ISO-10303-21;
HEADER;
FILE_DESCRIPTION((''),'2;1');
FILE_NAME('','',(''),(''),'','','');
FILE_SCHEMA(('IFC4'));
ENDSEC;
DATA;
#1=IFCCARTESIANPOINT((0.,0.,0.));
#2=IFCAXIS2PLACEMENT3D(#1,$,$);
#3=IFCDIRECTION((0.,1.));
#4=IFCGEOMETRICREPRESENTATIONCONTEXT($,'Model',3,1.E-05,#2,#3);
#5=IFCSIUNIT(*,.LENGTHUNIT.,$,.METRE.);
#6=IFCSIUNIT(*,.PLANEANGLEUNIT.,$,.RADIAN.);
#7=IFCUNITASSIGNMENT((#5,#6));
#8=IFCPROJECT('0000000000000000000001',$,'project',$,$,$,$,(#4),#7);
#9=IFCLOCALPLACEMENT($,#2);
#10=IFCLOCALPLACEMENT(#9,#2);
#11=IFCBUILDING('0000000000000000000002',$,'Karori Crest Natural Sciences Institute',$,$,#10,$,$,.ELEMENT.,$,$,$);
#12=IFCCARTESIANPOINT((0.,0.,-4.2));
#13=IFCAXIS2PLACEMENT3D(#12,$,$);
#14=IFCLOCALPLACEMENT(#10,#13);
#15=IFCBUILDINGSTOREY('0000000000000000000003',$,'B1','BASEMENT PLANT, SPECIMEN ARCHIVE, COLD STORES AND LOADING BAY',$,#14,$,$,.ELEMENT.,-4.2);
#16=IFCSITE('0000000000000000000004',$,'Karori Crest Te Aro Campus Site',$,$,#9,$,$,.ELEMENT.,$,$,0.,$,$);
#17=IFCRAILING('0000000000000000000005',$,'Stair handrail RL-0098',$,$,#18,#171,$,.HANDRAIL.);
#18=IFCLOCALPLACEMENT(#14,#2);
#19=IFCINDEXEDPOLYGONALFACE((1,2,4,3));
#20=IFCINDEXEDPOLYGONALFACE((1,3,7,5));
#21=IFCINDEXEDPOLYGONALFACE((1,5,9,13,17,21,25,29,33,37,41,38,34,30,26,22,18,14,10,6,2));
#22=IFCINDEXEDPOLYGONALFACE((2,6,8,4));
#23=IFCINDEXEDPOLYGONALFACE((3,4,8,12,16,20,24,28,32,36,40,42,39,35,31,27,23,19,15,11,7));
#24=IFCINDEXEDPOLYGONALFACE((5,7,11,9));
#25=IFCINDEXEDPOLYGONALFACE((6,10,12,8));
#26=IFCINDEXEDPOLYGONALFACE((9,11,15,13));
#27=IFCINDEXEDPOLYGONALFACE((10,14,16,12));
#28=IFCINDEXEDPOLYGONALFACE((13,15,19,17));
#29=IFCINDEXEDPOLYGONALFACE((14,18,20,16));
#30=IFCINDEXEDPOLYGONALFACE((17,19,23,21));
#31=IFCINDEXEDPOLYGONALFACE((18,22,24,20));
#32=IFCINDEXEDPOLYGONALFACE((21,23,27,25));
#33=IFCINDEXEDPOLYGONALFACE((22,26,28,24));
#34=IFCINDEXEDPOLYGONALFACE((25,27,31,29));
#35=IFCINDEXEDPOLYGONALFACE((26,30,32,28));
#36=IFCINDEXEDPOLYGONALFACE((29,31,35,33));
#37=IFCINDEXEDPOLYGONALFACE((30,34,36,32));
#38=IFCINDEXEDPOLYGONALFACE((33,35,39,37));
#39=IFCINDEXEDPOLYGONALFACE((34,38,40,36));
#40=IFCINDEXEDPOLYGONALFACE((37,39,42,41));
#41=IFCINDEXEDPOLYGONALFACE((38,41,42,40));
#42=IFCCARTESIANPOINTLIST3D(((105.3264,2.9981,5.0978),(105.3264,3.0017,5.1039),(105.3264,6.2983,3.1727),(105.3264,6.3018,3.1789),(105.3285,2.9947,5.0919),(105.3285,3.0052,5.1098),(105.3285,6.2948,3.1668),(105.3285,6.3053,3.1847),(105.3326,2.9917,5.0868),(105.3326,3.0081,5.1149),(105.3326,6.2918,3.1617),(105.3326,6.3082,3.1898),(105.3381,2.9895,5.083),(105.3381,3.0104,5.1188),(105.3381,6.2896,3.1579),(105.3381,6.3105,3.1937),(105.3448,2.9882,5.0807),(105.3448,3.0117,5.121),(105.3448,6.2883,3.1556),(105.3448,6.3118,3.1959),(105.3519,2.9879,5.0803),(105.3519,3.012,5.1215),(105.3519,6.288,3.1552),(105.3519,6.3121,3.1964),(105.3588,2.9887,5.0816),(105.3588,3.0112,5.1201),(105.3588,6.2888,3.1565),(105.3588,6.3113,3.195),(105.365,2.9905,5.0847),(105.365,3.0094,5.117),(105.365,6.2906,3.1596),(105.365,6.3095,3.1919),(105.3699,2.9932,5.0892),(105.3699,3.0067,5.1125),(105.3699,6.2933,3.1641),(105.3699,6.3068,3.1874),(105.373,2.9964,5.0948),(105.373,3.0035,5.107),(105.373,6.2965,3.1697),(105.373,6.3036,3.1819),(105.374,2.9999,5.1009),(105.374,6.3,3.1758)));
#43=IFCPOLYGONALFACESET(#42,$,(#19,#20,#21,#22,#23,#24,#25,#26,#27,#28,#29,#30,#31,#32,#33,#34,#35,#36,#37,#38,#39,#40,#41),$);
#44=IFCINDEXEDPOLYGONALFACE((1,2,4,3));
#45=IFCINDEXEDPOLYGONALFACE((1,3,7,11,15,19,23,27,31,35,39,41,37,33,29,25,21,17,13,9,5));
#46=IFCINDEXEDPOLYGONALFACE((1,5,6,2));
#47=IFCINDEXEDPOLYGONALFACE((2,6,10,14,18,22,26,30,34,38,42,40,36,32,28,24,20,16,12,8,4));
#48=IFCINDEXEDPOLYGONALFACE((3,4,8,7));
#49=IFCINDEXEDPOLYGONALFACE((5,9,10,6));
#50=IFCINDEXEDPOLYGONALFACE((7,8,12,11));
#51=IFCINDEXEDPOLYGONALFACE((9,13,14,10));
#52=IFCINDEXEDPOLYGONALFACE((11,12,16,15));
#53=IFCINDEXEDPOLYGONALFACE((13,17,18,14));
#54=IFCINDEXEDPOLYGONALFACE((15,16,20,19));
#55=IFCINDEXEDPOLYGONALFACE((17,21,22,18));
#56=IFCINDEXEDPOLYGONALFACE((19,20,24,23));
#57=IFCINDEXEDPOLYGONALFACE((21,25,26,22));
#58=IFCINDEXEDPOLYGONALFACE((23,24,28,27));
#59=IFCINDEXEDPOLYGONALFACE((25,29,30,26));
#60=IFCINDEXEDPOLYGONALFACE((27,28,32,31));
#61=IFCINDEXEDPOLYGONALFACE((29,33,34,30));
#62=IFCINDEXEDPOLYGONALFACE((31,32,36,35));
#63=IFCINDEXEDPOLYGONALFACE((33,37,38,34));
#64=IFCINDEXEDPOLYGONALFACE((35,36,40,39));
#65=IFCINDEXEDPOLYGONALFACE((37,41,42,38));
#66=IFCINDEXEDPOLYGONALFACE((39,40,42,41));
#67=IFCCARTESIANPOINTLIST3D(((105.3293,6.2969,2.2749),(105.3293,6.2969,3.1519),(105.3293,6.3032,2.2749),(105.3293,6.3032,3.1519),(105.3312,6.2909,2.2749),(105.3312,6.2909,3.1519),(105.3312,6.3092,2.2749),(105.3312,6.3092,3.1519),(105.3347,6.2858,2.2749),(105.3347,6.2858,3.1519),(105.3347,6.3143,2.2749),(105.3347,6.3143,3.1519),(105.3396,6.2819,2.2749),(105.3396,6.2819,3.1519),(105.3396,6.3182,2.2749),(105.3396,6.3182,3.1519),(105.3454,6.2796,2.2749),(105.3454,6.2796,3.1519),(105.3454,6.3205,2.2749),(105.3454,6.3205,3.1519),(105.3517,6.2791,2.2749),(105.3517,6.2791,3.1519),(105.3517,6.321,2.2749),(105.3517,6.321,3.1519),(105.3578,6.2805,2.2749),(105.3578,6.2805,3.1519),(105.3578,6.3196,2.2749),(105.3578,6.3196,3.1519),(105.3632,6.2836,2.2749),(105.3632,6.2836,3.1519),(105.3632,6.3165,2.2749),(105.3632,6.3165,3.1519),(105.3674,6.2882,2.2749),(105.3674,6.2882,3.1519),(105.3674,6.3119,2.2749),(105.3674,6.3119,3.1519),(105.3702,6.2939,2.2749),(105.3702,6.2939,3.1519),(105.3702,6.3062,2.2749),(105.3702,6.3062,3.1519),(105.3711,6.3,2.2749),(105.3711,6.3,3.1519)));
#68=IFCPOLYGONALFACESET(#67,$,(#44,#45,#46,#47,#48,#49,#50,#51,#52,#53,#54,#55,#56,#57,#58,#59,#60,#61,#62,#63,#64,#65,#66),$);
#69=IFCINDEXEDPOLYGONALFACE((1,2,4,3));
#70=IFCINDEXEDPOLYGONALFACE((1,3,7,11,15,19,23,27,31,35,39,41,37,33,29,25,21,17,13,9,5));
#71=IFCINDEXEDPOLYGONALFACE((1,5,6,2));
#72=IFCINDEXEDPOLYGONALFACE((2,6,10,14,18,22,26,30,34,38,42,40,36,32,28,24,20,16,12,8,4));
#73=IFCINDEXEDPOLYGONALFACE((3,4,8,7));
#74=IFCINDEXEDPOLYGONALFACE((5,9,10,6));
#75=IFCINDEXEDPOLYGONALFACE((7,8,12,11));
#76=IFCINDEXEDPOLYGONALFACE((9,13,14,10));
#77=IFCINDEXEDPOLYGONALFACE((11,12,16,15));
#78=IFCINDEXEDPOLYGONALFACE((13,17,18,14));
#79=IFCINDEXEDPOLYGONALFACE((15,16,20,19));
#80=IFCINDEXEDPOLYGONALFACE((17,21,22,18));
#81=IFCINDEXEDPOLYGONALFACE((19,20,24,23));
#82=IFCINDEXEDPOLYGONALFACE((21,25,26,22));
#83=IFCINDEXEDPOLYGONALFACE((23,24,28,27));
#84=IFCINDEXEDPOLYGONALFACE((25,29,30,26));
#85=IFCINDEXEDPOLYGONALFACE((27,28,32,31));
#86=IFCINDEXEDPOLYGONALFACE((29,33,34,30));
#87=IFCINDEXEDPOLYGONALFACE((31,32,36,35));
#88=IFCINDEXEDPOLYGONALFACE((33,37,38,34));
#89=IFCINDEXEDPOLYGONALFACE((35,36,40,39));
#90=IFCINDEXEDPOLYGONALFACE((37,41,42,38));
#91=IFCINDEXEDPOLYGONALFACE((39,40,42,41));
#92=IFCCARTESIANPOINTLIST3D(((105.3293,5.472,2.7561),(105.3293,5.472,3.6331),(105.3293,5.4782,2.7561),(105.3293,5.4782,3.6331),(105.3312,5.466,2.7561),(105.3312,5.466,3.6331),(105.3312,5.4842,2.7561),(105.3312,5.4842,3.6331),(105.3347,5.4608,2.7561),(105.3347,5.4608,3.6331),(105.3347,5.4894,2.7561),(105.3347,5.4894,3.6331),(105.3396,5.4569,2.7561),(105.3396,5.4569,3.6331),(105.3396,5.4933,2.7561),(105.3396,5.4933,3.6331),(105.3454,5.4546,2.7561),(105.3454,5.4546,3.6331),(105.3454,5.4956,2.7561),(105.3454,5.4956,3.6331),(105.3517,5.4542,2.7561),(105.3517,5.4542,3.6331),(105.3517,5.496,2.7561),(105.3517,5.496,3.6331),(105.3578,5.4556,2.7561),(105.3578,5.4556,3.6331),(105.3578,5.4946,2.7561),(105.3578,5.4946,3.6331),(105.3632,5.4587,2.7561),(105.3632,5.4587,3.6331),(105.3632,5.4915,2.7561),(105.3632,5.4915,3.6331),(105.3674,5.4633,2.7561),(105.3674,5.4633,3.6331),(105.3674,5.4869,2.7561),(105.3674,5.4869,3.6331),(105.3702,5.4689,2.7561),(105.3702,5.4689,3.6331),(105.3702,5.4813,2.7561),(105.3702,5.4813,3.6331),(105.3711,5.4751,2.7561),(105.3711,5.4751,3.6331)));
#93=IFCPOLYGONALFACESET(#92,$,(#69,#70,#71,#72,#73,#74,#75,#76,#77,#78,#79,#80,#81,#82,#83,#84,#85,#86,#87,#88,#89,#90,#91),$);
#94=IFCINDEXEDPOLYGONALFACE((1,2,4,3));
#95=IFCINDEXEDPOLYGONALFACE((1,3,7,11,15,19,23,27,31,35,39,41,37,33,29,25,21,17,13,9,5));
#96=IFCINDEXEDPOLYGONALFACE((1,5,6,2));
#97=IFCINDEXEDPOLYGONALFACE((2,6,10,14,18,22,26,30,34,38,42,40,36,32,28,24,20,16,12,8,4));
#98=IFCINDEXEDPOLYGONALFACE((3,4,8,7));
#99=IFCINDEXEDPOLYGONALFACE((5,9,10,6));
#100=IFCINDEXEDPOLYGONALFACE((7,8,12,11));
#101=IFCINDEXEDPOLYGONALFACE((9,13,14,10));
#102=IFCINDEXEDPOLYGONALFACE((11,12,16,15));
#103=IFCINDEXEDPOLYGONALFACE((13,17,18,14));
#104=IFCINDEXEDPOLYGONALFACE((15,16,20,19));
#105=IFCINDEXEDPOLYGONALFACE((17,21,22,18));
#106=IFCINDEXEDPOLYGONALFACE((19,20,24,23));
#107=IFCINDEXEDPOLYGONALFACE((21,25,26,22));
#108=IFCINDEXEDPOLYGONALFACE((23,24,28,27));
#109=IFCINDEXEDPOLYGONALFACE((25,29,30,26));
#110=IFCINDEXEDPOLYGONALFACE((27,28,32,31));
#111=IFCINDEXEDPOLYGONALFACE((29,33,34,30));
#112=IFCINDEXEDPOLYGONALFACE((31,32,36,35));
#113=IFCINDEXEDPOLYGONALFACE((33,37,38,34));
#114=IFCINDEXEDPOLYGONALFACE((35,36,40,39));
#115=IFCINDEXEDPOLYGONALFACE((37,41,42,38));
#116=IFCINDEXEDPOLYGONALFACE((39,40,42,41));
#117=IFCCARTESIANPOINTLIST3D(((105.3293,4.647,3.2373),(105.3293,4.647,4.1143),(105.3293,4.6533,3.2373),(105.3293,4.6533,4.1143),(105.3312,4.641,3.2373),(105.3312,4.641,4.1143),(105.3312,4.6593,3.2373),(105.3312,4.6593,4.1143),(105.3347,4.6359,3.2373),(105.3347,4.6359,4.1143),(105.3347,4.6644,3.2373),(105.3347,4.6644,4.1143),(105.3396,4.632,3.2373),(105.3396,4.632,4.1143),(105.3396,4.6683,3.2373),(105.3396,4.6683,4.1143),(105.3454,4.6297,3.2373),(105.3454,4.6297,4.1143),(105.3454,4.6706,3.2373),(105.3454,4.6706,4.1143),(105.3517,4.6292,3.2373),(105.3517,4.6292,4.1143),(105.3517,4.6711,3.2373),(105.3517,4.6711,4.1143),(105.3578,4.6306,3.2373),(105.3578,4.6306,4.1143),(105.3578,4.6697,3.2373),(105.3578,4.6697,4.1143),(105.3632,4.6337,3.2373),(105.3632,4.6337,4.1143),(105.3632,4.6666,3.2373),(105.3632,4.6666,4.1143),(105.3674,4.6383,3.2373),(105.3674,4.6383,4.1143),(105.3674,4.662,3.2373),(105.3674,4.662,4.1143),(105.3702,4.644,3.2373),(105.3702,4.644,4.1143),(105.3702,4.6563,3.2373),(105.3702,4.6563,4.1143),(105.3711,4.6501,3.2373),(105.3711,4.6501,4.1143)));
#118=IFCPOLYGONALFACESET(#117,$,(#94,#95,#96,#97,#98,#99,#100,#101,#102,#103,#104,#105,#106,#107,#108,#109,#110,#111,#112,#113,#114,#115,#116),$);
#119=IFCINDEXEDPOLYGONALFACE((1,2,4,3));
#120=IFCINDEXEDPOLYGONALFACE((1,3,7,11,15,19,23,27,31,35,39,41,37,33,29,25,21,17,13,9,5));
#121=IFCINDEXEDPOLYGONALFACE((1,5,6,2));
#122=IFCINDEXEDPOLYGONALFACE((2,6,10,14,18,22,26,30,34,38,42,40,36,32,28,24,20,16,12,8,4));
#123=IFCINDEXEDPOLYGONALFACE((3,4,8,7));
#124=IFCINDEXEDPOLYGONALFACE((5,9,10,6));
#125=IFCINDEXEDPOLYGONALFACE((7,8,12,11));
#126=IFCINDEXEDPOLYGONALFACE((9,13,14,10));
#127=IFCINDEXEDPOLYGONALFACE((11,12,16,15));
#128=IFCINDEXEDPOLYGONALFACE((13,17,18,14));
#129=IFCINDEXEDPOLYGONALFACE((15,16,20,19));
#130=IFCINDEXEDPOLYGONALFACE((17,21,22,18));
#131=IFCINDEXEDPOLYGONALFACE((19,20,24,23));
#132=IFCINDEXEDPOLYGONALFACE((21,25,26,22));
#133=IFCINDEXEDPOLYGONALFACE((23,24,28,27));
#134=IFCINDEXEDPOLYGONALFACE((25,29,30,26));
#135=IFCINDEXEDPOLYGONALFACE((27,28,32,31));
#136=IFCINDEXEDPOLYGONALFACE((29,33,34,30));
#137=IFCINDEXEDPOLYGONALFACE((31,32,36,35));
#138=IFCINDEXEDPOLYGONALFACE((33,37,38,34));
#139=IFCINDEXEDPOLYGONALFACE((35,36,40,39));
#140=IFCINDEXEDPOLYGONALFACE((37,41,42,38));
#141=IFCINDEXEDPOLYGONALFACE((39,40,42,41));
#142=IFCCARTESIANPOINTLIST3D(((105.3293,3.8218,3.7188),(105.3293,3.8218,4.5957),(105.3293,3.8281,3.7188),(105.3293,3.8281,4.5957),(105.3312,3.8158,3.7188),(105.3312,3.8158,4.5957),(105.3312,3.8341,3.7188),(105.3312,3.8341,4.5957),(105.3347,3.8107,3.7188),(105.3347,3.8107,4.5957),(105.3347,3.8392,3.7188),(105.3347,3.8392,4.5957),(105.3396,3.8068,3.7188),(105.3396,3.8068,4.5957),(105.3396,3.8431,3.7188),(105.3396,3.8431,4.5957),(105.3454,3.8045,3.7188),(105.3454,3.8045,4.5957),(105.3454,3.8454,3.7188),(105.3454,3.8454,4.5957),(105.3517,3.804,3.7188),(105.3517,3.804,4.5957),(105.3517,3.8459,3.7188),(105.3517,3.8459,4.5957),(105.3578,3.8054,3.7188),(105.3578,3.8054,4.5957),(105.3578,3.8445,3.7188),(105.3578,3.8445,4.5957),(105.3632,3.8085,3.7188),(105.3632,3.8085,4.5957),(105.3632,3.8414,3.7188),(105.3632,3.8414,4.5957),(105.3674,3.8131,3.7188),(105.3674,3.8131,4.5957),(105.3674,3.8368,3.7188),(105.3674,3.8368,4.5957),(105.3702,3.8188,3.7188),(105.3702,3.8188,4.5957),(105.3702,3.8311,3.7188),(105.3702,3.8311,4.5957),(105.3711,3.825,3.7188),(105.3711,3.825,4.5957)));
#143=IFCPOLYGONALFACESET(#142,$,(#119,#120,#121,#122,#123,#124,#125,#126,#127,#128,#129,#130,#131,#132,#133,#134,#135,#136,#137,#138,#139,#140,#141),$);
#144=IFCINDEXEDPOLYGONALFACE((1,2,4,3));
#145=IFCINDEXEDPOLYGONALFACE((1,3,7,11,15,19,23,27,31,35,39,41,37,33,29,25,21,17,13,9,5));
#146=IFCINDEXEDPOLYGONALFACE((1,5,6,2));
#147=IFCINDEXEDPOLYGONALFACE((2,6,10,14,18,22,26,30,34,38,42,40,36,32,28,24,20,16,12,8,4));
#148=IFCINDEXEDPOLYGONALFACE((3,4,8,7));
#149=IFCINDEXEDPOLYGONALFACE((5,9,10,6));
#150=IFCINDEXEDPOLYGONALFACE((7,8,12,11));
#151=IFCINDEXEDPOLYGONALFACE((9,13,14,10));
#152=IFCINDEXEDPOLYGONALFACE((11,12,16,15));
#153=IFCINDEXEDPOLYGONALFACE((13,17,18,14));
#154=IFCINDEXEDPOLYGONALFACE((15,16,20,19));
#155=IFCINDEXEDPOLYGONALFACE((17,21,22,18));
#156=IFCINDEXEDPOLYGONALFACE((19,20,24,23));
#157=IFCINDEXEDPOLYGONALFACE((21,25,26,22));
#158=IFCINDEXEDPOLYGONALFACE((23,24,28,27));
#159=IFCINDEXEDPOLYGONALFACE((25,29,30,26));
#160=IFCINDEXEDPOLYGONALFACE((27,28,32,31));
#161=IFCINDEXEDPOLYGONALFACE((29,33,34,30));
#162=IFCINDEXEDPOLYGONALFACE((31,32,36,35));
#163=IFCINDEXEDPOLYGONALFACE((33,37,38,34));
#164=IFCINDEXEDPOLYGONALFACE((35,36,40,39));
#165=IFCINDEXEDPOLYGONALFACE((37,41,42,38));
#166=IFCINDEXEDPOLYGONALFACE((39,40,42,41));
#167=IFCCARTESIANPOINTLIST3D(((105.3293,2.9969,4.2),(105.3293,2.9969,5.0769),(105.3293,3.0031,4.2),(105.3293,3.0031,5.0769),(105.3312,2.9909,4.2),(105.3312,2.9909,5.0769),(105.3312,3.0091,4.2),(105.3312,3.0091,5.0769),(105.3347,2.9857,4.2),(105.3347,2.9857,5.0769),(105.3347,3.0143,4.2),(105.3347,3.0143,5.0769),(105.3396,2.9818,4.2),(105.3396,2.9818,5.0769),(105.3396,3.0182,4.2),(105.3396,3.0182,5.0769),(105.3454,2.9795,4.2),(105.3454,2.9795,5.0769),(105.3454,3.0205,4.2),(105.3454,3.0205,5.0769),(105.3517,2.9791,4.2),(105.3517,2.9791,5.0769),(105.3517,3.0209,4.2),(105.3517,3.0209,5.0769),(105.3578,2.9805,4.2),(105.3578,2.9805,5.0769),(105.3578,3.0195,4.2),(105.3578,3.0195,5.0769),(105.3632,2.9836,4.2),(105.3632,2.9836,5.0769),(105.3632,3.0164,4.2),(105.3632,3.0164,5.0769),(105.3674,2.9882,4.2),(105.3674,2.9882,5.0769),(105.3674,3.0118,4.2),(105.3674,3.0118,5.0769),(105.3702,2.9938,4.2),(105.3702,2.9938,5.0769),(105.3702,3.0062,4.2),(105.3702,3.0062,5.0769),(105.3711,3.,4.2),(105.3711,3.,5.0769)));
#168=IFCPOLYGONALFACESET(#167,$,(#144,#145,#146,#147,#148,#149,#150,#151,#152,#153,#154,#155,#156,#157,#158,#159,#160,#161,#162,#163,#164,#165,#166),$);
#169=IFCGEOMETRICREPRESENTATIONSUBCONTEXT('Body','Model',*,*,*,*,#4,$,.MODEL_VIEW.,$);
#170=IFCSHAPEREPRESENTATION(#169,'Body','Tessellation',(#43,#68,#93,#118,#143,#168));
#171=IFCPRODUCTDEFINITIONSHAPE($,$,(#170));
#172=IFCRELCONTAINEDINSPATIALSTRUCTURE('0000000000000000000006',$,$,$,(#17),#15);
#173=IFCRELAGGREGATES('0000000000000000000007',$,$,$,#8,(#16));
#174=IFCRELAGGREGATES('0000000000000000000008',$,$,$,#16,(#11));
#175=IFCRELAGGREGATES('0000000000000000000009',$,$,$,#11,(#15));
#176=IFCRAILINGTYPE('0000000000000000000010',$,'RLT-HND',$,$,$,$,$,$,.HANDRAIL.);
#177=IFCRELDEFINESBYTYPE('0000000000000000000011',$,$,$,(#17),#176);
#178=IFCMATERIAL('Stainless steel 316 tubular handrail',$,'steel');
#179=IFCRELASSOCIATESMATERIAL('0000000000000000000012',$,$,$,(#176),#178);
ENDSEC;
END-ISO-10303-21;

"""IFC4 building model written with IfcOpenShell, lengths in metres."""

from ifc_helpers import new_model, si_unit, direction, frame, origin, origin_2d, place, context, subcontext, project, spatial, circle, extrude, material, type_object, element, save


model = new_model("IFC4")

# Units and contexts
model_context = context("Model", 3, precision=1e-05, world=origin(), true_north=direction((0.0, 1.0)))
body_context = subcontext(model_context, "Body", "Model", "MODEL_VIEW")
ifc_project = project(units=[si_unit("LENGTHUNIT", "METRE"), si_unit("PLANEANGLEUNIT", "RADIAN")], contexts=[model_context])

# Site, building, storey
site_placement = place(None, origin())
site = spatial("IfcSite", under=ifc_project, at=site_placement, Name="Karori Crest Te Aro Campus Site", CompositionType="ELEMENT", RefElevation=0.0)
building_placement = place(site_placement, origin())
building = spatial("IfcBuilding", under=site, at=building_placement, Name="Karori Crest Natural Sciences Institute", CompositionType="ELEMENT")
storey_placement = place(building_placement, frame((0.0, 0.0, -4.2)))
storey = spatial("IfcBuildingStorey", under=building, at=storey_placement, Name="B1", Description="BASEMENT PLANT, SPECIMEN ARCHIVE, COLD STORES AND LOADING BAY", CompositionType="ELEMENT", Elevation=-4.2)

# Railing
ifc_material_1 = material(Name="Stainless steel 316 tubular handrail", Category="steel")
railing_type_1 = type_object("IfcRailingType", Name="RLT-HND", PredefinedType="HANDRAIL", material=ifc_material_1)
railing_1_placement = place(storey_placement, frame((105.3501, 6.3, 2.2749)))
element("IfcRailing", 1, at=railing_1_placement, inside=storey, type_object=railing_type_1, Name="Stair handrail RL-0098", PredefinedType="HANDRAIL", context=body_context, shape_type="SweptSolid", body=[
    extrude(circle(Radius=0.0239, at=origin_2d()), frame((0.0, 0.0, 0.9009), z_axis=(0.0, -0.863777, 0.503875), x_axis=(1.0, 0.0, 0.0)), (0.0, 0.0, 1.0), 3.8206),
    extrude(circle(Radius=0.021, at=origin_2d()), origin(), (0.0, 0.0, 1.0), 0.877),
    extrude(circle(Radius=0.021, at=origin_2d()), frame((0.0, -0.825, 0.4812)), (0.0, 0.0, 1.0), 0.877),
    extrude(circle(Radius=0.021, at=origin_2d()), frame((0.0, -1.6499, 0.9624)), (0.0, 0.0, 1.0), 0.877),
    extrude(circle(Radius=0.021, at=origin_2d()), frame((0.0, -2.4751, 1.4438)), (0.0, 0.0, 1.0), 0.877),
    extrude(circle(Radius=0.021, at=origin_2d()), frame((0.0, -3.3, 1.925)), (0.0, 0.0, 1.0), 0.877),
])

save(model, "model.ifc")
